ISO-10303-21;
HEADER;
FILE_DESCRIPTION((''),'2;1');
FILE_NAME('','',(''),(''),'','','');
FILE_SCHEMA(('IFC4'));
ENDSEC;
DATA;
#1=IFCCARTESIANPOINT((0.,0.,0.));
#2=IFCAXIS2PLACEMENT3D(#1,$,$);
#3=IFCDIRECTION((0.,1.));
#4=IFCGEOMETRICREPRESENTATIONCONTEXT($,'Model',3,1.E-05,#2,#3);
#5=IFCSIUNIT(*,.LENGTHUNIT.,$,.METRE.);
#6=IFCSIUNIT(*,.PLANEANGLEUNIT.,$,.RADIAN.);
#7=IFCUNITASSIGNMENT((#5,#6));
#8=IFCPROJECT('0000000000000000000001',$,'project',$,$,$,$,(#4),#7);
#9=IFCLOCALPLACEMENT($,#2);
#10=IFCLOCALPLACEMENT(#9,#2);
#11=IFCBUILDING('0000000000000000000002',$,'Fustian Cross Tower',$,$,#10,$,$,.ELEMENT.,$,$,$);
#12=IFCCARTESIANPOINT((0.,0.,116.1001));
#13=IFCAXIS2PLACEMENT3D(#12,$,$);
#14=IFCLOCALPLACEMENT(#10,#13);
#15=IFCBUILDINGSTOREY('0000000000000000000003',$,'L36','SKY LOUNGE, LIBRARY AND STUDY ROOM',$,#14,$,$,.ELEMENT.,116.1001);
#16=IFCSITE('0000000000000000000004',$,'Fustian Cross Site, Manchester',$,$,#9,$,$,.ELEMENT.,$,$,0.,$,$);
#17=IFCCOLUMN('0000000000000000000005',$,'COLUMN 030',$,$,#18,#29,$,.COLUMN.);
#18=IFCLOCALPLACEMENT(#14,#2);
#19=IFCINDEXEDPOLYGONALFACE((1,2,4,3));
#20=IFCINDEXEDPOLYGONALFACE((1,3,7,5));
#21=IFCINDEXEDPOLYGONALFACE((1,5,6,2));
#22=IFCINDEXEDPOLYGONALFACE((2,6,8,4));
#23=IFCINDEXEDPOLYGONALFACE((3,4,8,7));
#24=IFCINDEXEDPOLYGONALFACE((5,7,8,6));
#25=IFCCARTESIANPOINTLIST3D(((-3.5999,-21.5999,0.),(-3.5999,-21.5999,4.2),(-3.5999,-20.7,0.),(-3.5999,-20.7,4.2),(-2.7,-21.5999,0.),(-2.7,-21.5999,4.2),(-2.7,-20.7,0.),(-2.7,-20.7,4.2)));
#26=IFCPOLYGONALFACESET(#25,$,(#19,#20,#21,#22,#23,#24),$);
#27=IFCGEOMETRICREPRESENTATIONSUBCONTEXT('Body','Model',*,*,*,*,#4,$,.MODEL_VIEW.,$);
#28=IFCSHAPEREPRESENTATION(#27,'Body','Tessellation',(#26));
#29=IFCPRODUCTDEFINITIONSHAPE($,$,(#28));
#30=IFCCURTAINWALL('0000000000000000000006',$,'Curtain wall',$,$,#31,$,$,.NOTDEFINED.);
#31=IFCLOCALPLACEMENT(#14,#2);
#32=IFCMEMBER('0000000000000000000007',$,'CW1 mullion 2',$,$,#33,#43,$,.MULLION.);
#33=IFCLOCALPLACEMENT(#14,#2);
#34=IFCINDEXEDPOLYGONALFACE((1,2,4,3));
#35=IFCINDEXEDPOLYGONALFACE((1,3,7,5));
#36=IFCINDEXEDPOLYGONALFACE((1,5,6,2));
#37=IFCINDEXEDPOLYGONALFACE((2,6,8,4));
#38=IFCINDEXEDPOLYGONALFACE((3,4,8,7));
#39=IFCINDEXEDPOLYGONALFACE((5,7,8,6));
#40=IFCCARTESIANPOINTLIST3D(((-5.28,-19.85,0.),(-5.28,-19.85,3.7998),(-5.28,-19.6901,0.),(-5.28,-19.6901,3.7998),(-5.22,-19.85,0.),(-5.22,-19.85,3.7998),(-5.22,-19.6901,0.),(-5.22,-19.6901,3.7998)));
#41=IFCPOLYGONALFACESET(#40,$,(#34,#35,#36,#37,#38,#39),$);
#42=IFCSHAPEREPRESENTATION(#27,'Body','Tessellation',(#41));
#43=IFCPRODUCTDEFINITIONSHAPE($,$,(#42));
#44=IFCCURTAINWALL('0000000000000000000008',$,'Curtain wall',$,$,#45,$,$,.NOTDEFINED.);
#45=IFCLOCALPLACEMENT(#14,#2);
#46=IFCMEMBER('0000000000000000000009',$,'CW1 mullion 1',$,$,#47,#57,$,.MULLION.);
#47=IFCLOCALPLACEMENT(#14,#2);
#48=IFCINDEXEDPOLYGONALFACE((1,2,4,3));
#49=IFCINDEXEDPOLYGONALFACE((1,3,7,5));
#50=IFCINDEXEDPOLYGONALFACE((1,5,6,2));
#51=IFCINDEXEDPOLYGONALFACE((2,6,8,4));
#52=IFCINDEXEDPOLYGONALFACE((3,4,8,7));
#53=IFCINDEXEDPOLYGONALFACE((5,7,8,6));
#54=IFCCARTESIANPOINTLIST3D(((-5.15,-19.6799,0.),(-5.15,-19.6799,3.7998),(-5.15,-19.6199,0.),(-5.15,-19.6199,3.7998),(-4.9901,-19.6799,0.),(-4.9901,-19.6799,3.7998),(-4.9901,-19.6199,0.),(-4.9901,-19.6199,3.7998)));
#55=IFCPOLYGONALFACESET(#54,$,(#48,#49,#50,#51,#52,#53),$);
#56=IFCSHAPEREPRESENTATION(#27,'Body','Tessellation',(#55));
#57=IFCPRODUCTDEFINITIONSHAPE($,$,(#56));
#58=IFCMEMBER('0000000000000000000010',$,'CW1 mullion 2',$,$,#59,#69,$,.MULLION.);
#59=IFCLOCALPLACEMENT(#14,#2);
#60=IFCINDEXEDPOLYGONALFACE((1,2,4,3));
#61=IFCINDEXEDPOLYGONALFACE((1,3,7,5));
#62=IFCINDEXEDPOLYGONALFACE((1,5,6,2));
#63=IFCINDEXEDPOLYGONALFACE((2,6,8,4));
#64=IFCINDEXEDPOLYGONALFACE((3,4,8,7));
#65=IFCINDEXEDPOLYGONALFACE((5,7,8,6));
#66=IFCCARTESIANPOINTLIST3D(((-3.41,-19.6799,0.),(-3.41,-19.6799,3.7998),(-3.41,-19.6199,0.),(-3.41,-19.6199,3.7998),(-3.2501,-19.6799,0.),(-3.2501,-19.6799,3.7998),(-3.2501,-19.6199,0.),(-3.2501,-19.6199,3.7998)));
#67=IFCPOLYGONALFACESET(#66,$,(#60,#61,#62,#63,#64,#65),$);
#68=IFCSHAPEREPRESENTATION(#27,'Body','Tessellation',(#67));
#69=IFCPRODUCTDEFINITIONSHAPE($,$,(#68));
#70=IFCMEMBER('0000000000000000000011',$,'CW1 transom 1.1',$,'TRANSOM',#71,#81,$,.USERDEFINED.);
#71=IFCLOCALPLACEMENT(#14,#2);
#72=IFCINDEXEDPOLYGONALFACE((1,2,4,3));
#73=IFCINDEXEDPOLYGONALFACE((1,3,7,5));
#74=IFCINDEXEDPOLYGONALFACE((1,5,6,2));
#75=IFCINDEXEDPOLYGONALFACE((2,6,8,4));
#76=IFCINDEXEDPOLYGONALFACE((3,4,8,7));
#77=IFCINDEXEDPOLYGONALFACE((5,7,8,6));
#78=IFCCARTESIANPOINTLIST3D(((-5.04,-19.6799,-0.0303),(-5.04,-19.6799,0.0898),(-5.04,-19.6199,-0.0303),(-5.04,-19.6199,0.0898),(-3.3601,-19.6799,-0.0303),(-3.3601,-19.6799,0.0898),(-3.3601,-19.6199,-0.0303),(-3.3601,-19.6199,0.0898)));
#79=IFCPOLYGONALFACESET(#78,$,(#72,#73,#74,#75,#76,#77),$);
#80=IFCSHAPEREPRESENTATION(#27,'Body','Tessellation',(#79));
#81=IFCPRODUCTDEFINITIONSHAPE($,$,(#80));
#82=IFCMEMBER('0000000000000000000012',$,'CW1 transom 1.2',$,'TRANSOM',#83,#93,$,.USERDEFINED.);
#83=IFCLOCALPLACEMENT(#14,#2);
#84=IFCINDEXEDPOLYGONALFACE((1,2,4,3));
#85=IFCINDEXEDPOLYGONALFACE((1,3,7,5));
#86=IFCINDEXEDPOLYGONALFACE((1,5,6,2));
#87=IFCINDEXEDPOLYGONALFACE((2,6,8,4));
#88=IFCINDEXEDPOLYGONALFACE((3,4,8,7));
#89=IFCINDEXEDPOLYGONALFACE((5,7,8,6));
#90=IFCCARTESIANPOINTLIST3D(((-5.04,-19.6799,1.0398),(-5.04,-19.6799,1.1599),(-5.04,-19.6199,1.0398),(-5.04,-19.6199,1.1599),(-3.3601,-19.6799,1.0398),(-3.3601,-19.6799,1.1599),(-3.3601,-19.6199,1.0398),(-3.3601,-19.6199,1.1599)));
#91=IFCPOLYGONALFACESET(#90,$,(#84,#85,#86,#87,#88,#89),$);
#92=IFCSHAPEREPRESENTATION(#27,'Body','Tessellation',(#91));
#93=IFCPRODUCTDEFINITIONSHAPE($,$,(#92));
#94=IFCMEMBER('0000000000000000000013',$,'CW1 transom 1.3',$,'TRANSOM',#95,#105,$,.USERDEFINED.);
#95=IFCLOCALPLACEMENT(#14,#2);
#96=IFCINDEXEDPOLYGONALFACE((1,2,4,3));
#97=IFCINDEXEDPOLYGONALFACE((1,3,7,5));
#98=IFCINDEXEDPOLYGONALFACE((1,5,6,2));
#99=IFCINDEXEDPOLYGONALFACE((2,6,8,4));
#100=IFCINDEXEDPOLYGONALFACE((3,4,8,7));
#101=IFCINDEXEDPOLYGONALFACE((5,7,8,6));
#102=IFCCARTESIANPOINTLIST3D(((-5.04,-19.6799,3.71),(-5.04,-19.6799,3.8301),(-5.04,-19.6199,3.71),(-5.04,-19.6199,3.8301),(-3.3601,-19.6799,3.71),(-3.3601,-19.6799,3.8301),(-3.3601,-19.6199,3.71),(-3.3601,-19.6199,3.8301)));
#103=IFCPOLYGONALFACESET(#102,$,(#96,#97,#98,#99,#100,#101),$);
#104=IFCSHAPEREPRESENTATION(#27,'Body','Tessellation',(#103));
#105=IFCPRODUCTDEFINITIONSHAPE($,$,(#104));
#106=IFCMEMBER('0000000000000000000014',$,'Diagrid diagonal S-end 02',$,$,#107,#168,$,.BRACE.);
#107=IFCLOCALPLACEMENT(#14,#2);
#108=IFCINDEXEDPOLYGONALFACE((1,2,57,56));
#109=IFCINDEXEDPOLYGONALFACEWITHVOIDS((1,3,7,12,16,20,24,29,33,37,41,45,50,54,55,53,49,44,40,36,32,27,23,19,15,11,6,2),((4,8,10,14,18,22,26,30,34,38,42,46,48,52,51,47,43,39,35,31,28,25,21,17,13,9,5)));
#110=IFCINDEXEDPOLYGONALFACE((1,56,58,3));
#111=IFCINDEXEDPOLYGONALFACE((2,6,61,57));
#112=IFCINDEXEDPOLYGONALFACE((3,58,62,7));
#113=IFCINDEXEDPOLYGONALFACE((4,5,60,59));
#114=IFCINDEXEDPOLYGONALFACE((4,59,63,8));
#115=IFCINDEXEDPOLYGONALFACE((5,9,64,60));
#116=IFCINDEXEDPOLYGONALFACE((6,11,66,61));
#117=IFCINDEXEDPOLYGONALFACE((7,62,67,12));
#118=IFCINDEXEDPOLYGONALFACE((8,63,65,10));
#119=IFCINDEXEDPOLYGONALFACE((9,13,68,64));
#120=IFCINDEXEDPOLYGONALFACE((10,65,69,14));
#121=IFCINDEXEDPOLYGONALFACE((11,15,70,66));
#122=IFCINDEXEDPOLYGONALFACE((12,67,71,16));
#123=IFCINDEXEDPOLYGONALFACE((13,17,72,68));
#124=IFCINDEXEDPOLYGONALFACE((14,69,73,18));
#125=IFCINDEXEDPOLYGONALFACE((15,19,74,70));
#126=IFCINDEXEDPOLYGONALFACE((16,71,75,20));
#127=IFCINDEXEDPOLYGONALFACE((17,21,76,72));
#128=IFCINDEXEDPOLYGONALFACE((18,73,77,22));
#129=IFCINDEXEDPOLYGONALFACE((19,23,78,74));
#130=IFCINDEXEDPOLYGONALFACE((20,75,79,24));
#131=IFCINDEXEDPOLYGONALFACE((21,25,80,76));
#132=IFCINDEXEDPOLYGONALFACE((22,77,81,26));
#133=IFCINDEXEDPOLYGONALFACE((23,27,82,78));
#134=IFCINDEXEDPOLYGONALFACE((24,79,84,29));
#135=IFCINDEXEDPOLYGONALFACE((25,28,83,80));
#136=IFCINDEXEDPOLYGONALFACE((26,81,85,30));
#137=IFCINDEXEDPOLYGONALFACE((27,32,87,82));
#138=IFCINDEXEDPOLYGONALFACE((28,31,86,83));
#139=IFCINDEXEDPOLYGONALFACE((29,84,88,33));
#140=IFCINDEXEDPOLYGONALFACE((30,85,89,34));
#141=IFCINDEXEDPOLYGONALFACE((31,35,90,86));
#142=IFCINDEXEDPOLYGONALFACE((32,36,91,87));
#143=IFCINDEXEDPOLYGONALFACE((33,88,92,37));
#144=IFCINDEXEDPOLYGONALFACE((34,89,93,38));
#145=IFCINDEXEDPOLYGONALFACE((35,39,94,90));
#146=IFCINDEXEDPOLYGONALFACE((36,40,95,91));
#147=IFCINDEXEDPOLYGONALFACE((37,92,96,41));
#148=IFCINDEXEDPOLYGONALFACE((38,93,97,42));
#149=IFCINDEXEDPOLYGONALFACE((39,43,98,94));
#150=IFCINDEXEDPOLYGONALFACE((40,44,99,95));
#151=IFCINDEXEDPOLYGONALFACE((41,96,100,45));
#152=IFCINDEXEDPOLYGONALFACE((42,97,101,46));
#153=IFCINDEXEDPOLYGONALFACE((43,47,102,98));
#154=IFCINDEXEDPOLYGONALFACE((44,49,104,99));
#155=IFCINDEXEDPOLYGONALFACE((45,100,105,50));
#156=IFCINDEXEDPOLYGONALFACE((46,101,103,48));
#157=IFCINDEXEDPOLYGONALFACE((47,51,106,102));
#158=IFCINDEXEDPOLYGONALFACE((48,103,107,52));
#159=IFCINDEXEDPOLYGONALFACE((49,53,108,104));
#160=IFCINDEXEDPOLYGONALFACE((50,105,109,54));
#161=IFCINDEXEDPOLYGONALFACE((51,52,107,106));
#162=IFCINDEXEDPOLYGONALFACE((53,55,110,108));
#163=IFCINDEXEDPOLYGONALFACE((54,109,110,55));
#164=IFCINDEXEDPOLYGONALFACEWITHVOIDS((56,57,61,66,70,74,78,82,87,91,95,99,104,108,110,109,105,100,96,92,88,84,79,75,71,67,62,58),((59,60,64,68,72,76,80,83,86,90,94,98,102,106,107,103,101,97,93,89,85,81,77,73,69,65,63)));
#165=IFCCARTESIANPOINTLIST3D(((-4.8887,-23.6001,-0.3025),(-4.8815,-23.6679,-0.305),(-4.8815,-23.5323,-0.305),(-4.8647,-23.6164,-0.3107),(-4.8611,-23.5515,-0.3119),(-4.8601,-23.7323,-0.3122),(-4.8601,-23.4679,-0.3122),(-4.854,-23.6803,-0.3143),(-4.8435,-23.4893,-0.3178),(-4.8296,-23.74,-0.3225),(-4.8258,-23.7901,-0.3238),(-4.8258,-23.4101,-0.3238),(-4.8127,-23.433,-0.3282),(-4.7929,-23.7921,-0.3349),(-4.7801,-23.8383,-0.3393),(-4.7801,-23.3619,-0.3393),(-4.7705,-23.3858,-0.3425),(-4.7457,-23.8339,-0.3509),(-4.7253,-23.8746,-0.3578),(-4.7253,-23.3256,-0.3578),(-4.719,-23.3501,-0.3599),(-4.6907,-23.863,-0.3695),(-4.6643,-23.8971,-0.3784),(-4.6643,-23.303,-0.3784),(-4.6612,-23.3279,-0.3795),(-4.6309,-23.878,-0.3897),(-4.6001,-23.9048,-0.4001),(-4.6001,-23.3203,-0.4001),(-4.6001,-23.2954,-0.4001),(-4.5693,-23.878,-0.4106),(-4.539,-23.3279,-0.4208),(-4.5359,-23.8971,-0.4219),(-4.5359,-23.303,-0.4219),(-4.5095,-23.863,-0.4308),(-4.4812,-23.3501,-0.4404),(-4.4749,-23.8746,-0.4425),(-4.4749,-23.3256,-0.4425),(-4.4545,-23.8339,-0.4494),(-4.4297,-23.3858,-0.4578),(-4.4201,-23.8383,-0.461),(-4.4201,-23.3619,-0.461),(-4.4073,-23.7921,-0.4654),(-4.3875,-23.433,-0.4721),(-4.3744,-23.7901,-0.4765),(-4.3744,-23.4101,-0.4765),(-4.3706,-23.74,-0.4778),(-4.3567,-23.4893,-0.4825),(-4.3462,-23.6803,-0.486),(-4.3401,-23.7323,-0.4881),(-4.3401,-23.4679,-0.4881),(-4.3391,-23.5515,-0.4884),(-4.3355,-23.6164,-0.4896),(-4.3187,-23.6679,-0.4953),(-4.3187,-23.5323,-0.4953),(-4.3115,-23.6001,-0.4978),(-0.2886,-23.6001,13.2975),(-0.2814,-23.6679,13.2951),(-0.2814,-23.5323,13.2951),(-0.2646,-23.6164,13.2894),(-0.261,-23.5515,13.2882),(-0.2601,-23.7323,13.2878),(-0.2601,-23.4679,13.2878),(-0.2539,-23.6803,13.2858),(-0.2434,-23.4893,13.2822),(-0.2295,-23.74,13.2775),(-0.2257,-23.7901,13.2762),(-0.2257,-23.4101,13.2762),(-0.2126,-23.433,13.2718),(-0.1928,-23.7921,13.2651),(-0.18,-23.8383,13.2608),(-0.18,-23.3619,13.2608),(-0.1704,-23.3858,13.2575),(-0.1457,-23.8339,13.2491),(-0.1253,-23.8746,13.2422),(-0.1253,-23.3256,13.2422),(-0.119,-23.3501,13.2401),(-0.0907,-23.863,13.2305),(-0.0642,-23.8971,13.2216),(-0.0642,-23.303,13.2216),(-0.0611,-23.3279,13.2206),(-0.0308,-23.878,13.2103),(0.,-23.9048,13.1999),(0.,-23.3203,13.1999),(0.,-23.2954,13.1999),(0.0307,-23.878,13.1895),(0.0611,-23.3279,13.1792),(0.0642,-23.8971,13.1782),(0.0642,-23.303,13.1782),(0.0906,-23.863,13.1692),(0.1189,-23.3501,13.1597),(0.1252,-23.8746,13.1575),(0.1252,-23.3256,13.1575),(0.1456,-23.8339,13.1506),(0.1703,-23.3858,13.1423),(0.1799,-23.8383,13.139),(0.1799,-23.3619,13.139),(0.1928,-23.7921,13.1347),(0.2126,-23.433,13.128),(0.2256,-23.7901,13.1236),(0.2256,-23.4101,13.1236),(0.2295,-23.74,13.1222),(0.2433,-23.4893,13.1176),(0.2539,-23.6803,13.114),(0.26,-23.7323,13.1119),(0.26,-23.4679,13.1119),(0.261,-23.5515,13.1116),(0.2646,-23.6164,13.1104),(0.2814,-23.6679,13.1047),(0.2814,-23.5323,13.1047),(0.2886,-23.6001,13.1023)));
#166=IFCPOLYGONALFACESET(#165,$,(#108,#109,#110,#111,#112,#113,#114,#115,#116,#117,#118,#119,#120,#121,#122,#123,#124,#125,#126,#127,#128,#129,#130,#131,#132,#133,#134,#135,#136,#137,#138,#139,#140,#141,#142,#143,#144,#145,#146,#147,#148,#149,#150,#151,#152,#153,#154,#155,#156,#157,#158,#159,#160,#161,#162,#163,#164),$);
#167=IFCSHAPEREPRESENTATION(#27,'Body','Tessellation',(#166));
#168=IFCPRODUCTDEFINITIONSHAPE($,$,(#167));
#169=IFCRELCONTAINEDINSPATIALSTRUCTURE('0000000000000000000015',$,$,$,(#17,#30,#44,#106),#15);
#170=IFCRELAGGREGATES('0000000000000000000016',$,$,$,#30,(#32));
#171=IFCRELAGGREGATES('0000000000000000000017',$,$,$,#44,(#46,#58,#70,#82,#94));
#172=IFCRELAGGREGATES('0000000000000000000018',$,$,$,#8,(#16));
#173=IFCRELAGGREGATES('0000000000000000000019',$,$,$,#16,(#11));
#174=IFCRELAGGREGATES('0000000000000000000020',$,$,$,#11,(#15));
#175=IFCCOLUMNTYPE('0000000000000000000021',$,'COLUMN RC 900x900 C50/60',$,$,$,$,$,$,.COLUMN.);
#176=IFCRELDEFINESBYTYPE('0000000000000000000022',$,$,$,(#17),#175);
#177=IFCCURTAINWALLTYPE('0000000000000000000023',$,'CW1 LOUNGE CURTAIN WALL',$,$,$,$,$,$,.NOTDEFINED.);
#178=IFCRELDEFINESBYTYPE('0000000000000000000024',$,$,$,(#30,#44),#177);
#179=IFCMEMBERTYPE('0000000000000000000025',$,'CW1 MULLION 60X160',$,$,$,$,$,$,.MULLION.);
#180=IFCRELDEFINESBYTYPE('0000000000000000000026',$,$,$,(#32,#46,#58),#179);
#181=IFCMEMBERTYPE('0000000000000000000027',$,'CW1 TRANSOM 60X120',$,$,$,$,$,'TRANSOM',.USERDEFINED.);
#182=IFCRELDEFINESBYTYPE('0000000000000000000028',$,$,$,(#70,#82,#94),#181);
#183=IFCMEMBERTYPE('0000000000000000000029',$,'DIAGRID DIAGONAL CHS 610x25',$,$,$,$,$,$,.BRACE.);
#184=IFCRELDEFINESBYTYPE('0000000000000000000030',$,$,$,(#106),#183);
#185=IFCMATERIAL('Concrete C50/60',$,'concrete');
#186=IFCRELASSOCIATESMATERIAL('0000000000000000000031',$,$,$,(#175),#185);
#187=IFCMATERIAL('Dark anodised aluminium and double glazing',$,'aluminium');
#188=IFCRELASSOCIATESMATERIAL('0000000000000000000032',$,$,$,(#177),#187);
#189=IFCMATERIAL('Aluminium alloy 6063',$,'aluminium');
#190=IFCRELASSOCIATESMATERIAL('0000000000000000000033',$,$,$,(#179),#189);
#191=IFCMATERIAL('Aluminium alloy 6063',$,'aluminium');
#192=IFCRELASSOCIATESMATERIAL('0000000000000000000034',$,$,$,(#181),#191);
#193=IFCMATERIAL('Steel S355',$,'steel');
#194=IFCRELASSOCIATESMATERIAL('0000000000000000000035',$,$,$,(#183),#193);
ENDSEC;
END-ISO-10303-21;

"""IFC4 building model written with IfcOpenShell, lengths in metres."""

from ifc_helpers import new_model, si_unit, direction, frame, origin, origin_2d, place, context, subcontext, project, spatial, rectangle, hollow_circle, extrude, material, material_profile, profile_set, type_object, element, aggregate, save


model = new_model("IFC4")

# Units and contexts
model_context = context("Model", 3, precision=1e-05, world=origin(), true_north=direction((0.0, 1.0)))
body_context = subcontext(model_context, "Body", "Model", "MODEL_VIEW")
ifc_project = project(units=[si_unit("LENGTHUNIT", "METRE"), si_unit("PLANEANGLEUNIT", "RADIAN")], contexts=[model_context])

# Site, building, storey
site_placement = place(None, origin())
site = spatial("IfcSite", under=ifc_project, at=site_placement, Name="Fustian Cross Site, Manchester", CompositionType="ELEMENT", RefElevation=0.0)
building_placement = place(site_placement, origin())
building = spatial("IfcBuilding", under=site, at=building_placement, Name="Fustian Cross Tower", CompositionType="ELEMENT")
storey_placement = place(building_placement, frame((0.0, 0.0, 116.1001)))
storey = spatial("IfcBuildingStorey", under=building, at=storey_placement, Name="L36", Description="SKY LOUNGE, LIBRARY AND STUDY ROOM", CompositionType="ELEMENT", Elevation=116.1001)

# Column
ifc_material_1 = material(Name="Concrete C50/60", Category="concrete")
ifc_material_profile_1 = material_profile(ifc_material_1, rectangle(XDim=0.8999, YDim=0.8999, at=origin_2d()), Name="RC 900x900")
ifc_profile_set_1 = profile_set([ifc_material_profile_1], Name="Concrete C50/60")
column_type = type_object("IfcColumnType", Name="COLUMN RC 900x900 C50/60", PredefinedType="COLUMN", material=ifc_profile_set_1)
column_placement = place(storey_placement, frame((-3.1499, -21.1499, 0.0), z_axis=(0.0, 0.0, 1.0), x_axis=(1.0, 0.0, 0.0)))
element("IfcColumn", 1, at=column_placement, inside=storey, type_object=column_type, Name="COLUMN 030", PredefinedType="COLUMN", context=body_context, shape_type="SweptSolid", body=[
    extrude(rectangle(XDim=0.8999, YDim=0.8999, at=origin_2d()), origin(), (0.0, 0.0, 1.0), 4.2),
])

# Curtain wall, member
ifc_material_2 = material(Name="Dark anodised aluminium and double glazing", Category="aluminium")
curtain_wall_type = type_object("IfcCurtainWallType", Name="CW1 LOUNGE CURTAIN WALL", PredefinedType="NOTDEFINED", material=ifc_material_2)
curtain_wall_1_placement = place(storey_placement, origin())
curtain_wall_1 = element("IfcCurtainWall", 2, at=curtain_wall_1_placement, inside=storey, type_object=curtain_wall_type, Name="Curtain wall", PredefinedType="NOTDEFINED")
ifc_material_3 = material(Name="Aluminium alloy 6063", Category="aluminium")
ifc_material_profile_2 = material_profile(ifc_material_3, rectangle(XDim=0.0601, YDim=0.1599, at=origin_2d()), Name="CW1 MULLION 60X160")
ifc_profile_set_2 = profile_set([ifc_material_profile_2], Name="Aluminium alloy 6063")
member_type_1 = type_object("IfcMemberType", Name="CW1 MULLION 60X160", PredefinedType="MULLION", material=ifc_profile_set_2)
member_1_placement = place(storey_placement, frame((-5.25, -19.77, 0.0), z_axis=(0.0, 0.0, 1.0), x_axis=(1.0, 0.0, 0.0)))
member_1 = element("IfcMember", 3, at=member_1_placement, type_object=member_type_1, Name="CW1 mullion 2", PredefinedType="MULLION", context=body_context, shape_type="SweptSolid", body=[
    extrude(rectangle(XDim=0.0601, YDim=0.1599, at=origin_2d()), origin(), (0.0, 0.0, 1.0), 3.7998),
])

# Curtain wall, members
curtain_wall_2_placement = place(storey_placement, origin())
curtain_wall_2 = element("IfcCurtainWall", 4, at=curtain_wall_2_placement, inside=storey, type_object=curtain_wall_type, Name="Curtain wall", PredefinedType="NOTDEFINED")
member_2_placement = place(storey_placement, frame((-5.0701, -19.6499, 0.0), z_axis=(0.0, 0.0, 1.0), x_axis=(0.0, 1.0, 0.0)))
member_2 = element("IfcMember", 5, at=member_2_placement, type_object=member_type_1, Name="CW1 mullion 1", PredefinedType="MULLION", context=body_context, shape_type="SweptSolid", body=[
    extrude(rectangle(XDim=0.0601, YDim=0.1599, at=origin_2d()), origin(), (0.0, 0.0, 1.0), 3.7998),
])
member_3_placement = place(storey_placement, frame((-3.3301, -19.6499, 0.0), z_axis=(0.0, 0.0, 1.0), x_axis=(0.0, 1.0, 0.0)))
member_3 = element("IfcMember", 6, at=member_3_placement, type_object=member_type_1, Name="CW1 mullion 2", PredefinedType="MULLION", context=body_context, shape_type="SweptSolid", body=[
    extrude(rectangle(XDim=0.0601, YDim=0.1599, at=origin_2d()), origin(), (0.0, 0.0, 1.0), 3.7998),
])
ifc_material_4 = material(Name="Aluminium alloy 6063", Category="aluminium")
ifc_material_profile_3 = material_profile(ifc_material_4, rectangle(XDim=0.0601, YDim=0.1201, at=origin_2d()), Name="CW1 TRANSOM 60X120")
ifc_profile_set_3 = profile_set([ifc_material_profile_3], Name="Aluminium alloy 6063")
member_type_2 = type_object("IfcMemberType", Name="CW1 TRANSOM 60X120", ElementType="TRANSOM", PredefinedType="USERDEFINED", material=ifc_profile_set_3)
member_4_placement = place(storey_placement, frame((-5.04, -19.6499, 0.0298), z_axis=(1.0, 0.0, 0.0), x_axis=(0.0, 1.0, 0.0)))
member_4 = element("IfcMember", 7, at=member_4_placement, type_object=member_type_2, Name="CW1 transom 1.1", ObjectType="TRANSOM", PredefinedType="USERDEFINED", context=body_context, shape_type="SweptSolid", body=[
    extrude(rectangle(XDim=0.0601, YDim=0.1201, at=origin_2d()), origin(), (0.0, 0.0, 1.0), 1.6799),
])
member_5_placement = place(storey_placement, frame((-5.04, -19.6499, 1.0999), z_axis=(1.0, 0.0, 0.0), x_axis=(0.0, 1.0, 0.0)))
member_5 = element("IfcMember", 8, at=member_5_placement, type_object=member_type_2, Name="CW1 transom 1.2", ObjectType="TRANSOM", PredefinedType="USERDEFINED", context=body_context, shape_type="SweptSolid", body=[
    extrude(rectangle(XDim=0.0601, YDim=0.1201, at=origin_2d()), origin(), (0.0, 0.0, 1.0), 1.6799),
])
member_6_placement = place(storey_placement, frame((-5.04, -19.6499, 3.77), z_axis=(1.0, 0.0, 0.0), x_axis=(0.0, 1.0, 0.0)))
member_6 = element("IfcMember", 9, at=member_6_placement, type_object=member_type_2, Name="CW1 transom 1.3", ObjectType="TRANSOM", PredefinedType="USERDEFINED", context=body_context, shape_type="SweptSolid", body=[
    extrude(rectangle(XDim=0.0601, YDim=0.1201, at=origin_2d()), origin(), (0.0, 0.0, 1.0), 1.6799),
])

# Member
ifc_material_5 = material(Name="Steel S355", Category="steel")
ifc_material_profile_4 = material_profile(ifc_material_5, hollow_circle(Radius=0.3047, WallThickness=0.0249, at=origin_2d()), Name="CHS 610x25")
ifc_profile_set_4 = profile_set([ifc_material_profile_4], Name="Steel S355")
member_type_3 = type_object("IfcMemberType", Name="DIAGRID DIAGONAL CHS 610x25", PredefinedType="BRACE", material=ifc_profile_set_4)
member_7_placement = place(storey_placement, frame((-4.6001, -23.6001, -0.4001), z_axis=(0.320408, 0.0, 0.94728), x_axis=(0.0, 1.0, 0.0)))
element("IfcMember", 10, at=member_7_placement, inside=storey, type_object=member_type_3, Name="Diagrid diagonal S-end 02", PredefinedType="BRACE", context=body_context, shape_type="SweptSolid", body=[
    extrude(hollow_circle(Radius=0.3047, WallThickness=0.0249, at=origin_2d()), origin(), (0.0, 0.0, 1.0), 14.3569),
])

aggregate(curtain_wall_1, [member_1])
aggregate(curtain_wall_2, [member_2, member_3, member_4, member_5, member_6])

save(model, "model.ifc")
